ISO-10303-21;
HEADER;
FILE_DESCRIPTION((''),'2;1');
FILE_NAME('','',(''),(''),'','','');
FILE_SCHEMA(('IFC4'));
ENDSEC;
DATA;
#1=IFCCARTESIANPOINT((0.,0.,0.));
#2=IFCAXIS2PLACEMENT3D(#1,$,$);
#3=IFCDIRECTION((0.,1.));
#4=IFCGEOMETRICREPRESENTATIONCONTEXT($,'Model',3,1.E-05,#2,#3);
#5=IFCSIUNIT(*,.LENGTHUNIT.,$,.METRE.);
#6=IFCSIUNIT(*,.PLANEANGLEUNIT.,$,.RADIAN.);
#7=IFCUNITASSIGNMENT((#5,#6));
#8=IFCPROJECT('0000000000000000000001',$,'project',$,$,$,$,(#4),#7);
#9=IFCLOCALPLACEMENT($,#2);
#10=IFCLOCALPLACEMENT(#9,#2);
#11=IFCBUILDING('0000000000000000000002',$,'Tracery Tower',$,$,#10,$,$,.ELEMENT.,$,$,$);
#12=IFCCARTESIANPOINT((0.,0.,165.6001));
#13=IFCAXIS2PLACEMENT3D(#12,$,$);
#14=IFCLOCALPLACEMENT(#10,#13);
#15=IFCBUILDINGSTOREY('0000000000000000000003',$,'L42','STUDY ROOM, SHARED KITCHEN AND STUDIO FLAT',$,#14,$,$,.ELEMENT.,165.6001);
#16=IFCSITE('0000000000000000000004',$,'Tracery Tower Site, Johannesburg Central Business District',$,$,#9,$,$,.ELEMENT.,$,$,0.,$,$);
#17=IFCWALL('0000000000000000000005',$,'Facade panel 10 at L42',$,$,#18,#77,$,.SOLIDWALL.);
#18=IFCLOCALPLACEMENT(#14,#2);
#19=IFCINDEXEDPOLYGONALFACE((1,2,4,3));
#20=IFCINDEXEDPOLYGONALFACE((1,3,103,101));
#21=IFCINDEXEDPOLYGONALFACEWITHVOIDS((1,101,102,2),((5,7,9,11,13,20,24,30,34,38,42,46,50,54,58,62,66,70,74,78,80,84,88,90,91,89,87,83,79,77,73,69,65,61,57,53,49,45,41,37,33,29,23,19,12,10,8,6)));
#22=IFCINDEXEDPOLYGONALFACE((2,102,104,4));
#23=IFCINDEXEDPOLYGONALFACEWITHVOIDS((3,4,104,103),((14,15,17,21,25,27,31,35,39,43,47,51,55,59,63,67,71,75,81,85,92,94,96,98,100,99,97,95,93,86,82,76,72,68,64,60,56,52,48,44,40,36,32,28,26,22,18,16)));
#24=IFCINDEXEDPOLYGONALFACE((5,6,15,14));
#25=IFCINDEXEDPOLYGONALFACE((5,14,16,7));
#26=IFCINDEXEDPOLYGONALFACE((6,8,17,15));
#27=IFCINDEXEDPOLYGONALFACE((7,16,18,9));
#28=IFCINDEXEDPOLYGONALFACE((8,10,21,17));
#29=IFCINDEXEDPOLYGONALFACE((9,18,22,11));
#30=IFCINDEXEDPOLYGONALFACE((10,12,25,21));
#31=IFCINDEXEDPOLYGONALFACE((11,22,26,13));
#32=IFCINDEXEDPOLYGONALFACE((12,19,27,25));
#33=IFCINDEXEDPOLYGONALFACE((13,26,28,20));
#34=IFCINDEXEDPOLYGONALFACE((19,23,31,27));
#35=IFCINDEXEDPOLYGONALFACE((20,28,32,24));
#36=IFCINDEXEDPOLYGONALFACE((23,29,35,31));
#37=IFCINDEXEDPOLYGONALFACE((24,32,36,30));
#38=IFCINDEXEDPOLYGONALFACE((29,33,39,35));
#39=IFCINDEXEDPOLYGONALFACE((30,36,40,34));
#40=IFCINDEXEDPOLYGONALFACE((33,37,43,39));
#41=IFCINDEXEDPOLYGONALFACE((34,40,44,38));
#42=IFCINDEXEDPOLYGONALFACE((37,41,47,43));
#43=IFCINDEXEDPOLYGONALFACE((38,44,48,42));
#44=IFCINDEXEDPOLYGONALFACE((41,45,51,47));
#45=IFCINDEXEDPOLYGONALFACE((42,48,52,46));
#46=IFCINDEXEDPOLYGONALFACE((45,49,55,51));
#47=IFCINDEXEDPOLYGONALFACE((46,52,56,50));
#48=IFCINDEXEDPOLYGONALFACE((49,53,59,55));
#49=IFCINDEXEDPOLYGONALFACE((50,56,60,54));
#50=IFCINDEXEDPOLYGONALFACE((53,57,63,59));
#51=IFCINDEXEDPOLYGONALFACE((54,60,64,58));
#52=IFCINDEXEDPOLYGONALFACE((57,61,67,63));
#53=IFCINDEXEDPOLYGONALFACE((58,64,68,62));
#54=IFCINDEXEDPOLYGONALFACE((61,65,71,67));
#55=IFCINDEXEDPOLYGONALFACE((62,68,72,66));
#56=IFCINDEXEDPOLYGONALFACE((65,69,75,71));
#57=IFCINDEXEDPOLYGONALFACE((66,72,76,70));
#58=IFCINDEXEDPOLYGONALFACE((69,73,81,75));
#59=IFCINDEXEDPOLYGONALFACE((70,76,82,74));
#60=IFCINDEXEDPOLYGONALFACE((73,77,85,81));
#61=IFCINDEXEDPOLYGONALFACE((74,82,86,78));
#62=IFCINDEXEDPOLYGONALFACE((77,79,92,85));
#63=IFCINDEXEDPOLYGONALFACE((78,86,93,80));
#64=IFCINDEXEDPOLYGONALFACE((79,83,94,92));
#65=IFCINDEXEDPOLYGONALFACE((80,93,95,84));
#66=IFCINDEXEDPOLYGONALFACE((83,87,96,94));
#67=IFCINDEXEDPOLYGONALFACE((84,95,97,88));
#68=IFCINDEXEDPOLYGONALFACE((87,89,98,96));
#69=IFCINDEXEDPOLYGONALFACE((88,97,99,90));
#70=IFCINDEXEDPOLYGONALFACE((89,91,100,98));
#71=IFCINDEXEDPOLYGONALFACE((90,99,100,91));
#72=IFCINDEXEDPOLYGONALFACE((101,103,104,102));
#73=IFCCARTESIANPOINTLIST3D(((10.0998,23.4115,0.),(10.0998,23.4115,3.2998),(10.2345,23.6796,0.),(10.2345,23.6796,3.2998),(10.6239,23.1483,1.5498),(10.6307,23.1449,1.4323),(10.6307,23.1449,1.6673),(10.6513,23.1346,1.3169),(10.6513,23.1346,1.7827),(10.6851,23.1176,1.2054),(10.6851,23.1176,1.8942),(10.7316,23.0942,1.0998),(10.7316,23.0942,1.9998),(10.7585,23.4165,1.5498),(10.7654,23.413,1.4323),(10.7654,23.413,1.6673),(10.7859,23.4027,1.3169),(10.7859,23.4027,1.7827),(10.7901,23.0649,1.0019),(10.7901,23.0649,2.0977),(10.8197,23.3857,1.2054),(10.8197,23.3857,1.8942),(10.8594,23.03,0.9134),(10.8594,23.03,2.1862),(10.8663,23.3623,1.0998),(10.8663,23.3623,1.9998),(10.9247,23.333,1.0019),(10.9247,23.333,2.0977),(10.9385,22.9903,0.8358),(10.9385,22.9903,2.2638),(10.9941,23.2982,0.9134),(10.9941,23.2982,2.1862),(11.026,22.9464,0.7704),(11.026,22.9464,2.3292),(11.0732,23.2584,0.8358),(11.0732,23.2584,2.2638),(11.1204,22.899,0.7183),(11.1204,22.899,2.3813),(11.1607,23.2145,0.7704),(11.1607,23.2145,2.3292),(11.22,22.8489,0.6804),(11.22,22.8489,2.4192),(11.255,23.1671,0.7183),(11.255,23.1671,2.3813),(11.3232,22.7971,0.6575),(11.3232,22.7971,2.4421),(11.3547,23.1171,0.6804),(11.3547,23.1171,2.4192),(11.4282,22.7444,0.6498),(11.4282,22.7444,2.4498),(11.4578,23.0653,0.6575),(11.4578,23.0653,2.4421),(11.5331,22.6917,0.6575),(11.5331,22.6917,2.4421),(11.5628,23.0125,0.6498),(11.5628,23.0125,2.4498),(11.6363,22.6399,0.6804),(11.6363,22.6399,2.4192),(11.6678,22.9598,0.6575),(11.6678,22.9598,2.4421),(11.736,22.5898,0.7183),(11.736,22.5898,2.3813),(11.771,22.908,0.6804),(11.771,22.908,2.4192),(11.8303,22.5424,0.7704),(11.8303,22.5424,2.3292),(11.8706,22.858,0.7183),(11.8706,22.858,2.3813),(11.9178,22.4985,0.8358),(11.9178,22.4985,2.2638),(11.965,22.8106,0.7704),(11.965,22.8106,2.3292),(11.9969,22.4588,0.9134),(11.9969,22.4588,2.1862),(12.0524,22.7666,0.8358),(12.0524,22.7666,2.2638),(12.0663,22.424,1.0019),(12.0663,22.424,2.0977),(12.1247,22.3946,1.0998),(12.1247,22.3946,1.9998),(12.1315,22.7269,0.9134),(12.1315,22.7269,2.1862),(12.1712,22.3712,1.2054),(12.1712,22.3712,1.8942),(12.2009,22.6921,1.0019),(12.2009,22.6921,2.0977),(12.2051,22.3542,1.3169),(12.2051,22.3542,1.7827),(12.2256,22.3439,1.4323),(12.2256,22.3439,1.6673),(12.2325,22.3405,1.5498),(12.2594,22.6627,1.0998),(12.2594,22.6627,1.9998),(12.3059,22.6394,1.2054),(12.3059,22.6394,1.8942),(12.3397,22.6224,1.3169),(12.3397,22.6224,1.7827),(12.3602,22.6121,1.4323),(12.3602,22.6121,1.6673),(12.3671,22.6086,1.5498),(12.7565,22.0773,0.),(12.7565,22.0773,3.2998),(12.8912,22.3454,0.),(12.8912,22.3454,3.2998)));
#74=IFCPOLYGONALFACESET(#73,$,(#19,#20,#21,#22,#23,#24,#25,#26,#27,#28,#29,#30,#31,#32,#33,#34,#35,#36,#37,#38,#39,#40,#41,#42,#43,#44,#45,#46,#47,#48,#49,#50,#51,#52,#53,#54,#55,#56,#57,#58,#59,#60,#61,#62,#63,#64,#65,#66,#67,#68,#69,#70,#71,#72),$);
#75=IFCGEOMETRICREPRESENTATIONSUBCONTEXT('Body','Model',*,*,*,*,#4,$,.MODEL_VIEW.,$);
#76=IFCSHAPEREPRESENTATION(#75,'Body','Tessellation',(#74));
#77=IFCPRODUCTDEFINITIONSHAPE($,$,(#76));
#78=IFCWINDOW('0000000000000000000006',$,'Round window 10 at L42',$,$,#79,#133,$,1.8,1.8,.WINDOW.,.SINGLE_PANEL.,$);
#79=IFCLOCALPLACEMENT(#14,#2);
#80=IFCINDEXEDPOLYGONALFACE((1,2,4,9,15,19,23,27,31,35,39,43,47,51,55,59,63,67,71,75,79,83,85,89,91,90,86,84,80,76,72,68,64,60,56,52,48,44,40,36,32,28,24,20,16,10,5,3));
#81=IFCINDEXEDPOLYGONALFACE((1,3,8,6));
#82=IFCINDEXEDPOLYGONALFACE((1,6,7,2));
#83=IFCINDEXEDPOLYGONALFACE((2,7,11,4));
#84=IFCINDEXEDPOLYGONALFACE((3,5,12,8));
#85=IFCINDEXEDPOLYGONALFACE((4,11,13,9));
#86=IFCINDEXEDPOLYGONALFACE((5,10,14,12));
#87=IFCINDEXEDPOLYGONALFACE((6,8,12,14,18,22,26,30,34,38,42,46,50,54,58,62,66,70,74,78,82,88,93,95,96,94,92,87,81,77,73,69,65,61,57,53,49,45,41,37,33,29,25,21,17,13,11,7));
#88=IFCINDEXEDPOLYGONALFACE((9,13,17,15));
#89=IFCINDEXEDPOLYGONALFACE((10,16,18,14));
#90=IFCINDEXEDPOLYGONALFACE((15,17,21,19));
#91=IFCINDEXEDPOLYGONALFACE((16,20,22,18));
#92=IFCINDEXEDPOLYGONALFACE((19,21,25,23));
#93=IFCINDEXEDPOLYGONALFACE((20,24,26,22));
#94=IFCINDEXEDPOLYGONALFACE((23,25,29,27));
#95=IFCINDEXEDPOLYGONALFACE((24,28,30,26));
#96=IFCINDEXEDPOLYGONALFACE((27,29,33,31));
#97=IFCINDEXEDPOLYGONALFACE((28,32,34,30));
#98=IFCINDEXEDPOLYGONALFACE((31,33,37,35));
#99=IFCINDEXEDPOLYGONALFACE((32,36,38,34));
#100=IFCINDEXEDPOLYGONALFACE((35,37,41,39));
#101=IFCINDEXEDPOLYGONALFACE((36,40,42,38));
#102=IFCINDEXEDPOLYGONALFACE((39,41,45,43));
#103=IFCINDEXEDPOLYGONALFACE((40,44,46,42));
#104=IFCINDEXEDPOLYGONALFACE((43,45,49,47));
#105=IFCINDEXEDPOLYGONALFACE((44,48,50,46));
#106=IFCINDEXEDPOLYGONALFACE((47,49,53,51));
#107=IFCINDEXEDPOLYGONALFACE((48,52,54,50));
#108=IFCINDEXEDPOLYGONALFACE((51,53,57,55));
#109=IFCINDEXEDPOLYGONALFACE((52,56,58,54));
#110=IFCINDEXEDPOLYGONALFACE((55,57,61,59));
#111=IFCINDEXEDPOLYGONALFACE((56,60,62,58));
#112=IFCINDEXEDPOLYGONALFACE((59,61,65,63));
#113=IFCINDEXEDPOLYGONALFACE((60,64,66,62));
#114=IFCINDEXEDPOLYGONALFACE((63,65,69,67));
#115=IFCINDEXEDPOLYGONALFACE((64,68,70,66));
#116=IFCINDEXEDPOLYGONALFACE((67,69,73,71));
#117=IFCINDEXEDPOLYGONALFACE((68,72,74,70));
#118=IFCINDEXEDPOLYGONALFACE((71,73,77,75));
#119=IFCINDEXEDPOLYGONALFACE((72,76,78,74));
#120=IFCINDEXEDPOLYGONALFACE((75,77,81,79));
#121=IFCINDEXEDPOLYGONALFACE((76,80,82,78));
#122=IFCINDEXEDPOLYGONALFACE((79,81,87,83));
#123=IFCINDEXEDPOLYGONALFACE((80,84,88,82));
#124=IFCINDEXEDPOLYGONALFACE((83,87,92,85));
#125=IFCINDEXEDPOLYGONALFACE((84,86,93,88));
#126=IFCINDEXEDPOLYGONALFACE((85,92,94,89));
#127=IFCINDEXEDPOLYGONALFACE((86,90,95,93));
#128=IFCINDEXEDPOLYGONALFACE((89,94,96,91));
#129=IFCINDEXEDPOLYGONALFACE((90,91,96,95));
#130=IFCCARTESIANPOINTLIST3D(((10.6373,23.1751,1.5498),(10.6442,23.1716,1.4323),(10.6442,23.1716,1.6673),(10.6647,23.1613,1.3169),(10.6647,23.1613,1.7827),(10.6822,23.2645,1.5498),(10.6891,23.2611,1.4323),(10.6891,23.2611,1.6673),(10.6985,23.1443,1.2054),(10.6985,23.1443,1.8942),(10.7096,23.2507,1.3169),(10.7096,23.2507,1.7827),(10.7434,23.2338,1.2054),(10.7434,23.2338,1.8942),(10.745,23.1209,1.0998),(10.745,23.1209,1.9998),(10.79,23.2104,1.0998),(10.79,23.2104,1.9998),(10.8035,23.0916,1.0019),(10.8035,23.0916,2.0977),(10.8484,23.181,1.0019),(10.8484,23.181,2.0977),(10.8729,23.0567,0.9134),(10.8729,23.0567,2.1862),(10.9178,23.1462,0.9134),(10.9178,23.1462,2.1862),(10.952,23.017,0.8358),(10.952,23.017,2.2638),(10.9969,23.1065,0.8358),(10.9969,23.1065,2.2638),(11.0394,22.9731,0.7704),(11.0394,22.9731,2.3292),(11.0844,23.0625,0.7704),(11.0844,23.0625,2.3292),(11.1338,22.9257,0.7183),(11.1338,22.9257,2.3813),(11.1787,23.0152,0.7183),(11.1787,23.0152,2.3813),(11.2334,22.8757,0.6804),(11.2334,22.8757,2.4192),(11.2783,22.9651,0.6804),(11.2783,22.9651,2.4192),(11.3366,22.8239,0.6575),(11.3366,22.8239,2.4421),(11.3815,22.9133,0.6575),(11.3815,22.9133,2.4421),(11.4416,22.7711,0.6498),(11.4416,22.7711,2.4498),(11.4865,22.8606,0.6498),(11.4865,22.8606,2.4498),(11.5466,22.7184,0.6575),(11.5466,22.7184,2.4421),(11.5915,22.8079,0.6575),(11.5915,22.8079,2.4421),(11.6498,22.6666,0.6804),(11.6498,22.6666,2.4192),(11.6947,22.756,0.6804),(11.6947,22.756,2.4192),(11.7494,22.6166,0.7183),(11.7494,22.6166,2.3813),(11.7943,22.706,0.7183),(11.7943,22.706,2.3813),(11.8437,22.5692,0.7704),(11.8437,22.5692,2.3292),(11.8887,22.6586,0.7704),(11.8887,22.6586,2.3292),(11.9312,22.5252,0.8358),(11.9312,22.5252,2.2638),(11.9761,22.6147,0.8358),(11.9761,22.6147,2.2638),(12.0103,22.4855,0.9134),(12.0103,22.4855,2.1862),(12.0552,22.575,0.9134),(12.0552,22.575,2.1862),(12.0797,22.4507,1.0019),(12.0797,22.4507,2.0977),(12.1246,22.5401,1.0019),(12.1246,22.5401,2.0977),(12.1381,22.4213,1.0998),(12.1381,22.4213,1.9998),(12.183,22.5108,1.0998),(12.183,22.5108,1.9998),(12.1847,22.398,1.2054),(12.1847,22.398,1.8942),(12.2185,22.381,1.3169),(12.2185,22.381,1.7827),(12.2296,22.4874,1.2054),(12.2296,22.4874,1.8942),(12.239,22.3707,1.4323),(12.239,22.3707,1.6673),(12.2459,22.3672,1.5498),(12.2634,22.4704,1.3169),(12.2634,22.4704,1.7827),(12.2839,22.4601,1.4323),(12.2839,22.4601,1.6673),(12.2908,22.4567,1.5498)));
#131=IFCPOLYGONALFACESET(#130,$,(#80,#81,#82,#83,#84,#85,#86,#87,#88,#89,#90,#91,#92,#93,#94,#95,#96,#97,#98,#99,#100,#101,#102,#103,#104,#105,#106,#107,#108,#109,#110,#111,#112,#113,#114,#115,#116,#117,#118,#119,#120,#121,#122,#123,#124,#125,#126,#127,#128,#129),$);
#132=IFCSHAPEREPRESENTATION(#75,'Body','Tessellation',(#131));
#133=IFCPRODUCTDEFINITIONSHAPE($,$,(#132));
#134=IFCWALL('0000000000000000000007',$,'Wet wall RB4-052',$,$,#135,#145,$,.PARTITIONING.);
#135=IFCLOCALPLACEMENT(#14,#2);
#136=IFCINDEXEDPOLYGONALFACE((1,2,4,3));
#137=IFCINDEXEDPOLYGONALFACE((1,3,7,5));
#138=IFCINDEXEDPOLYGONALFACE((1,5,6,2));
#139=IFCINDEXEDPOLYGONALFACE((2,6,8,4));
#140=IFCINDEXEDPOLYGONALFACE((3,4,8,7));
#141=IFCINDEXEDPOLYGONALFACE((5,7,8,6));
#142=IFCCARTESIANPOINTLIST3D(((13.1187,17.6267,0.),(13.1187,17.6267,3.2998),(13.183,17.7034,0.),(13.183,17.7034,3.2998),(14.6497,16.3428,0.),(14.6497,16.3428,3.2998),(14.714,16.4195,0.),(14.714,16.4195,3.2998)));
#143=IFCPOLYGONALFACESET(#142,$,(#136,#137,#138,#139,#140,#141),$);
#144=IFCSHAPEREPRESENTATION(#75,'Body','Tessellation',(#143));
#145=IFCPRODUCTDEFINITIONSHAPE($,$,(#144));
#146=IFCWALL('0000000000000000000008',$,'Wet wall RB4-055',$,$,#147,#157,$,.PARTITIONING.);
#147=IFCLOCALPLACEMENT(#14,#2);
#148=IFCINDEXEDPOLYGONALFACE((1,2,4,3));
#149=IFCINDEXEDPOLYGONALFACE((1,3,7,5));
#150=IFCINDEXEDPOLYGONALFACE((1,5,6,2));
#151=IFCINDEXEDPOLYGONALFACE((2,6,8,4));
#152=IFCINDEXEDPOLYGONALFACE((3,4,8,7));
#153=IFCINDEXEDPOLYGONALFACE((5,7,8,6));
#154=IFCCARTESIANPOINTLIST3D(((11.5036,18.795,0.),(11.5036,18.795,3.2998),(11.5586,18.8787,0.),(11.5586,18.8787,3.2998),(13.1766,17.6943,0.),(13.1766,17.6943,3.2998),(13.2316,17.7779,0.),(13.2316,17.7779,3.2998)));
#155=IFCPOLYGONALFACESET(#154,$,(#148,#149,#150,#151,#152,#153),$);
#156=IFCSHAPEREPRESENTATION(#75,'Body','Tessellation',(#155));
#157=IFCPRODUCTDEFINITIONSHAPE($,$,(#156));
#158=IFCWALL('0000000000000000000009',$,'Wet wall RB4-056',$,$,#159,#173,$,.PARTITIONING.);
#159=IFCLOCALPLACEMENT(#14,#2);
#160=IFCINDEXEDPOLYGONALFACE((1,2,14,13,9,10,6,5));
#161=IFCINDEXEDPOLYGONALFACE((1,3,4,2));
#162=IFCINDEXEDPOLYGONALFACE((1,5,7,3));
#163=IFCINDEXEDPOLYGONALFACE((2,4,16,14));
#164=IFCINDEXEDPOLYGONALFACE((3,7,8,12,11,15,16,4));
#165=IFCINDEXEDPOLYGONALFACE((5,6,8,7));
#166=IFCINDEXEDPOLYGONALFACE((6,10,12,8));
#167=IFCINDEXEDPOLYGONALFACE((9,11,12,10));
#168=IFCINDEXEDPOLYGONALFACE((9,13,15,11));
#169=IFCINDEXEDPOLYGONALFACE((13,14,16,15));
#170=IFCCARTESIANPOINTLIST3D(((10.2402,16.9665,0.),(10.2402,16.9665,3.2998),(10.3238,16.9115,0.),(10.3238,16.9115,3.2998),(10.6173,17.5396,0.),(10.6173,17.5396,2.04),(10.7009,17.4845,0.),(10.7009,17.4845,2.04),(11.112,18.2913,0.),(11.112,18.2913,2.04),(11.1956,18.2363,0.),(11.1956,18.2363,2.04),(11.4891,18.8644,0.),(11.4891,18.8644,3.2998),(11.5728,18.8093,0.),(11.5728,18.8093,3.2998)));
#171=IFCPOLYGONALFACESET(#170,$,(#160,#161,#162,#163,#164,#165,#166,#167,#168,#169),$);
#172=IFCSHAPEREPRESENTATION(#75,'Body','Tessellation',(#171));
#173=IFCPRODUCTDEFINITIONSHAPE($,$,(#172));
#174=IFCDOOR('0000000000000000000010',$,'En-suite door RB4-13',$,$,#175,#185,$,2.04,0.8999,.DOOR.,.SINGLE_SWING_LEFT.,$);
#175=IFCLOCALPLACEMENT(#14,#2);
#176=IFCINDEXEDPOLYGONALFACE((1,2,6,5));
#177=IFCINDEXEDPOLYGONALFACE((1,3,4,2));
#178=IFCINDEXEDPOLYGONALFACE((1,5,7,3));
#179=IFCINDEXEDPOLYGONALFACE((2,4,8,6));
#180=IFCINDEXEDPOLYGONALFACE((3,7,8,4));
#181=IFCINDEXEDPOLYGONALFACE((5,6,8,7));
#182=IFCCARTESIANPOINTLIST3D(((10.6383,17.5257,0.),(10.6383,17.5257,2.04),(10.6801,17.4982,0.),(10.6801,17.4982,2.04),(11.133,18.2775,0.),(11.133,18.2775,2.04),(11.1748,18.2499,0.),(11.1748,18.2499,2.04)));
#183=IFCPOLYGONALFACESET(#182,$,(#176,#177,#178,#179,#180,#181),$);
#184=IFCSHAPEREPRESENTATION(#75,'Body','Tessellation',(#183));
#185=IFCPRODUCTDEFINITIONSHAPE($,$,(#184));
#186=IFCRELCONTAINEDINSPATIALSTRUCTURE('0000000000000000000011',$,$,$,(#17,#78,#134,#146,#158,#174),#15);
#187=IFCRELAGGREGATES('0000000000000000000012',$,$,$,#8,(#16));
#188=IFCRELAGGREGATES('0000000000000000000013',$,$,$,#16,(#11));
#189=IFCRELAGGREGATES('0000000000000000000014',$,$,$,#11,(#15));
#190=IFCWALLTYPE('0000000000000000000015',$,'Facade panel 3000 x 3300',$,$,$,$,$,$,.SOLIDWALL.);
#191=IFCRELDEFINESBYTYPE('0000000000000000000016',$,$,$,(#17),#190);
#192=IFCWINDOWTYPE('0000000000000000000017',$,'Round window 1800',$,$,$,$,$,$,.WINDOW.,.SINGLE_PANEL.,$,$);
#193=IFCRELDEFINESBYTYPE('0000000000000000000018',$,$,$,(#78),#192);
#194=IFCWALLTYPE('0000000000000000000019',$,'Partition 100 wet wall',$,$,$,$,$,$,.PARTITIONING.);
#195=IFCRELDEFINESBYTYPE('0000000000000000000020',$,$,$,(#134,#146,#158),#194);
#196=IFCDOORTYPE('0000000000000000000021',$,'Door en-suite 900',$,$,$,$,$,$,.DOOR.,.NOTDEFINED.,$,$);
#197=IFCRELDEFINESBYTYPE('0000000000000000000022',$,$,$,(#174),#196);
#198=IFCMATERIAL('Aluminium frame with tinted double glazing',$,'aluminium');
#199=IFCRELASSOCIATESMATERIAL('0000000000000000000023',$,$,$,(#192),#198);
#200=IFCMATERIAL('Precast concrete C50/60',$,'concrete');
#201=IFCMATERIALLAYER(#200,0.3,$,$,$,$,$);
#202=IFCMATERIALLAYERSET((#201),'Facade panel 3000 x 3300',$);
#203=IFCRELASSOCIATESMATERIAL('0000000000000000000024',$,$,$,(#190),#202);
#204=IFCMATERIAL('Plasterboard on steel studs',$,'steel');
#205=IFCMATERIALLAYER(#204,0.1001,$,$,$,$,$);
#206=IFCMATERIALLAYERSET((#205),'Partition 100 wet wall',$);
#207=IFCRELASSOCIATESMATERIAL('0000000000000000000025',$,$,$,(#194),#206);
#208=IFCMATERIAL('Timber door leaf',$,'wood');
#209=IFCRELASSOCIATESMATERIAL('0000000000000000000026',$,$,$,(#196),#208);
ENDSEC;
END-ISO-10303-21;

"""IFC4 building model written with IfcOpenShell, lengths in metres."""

from ifc_helpers import new_model, si_unit, direction, frame, frame_2d, origin, origin_2d, place, context, subcontext, project, spatial, rectangle, circle, extrude, material, layer, layer_set, type_object, element, fill, save


model = new_model("IFC4")

# Units and contexts
model_context = context("Model", 3, precision=1e-05, world=origin(), true_north=direction((0.0, 1.0)))
body_context = subcontext(model_context, "Body", "Model", "MODEL_VIEW")
ifc_project = project(units=[si_unit("LENGTHUNIT", "METRE"), si_unit("PLANEANGLEUNIT", "RADIAN")], contexts=[model_context])

# Site, building, storey
site_placement = place(None, origin())
site = spatial("IfcSite", under=ifc_project, at=site_placement, Name="Tracery Tower Site, Johannesburg Central Business District", CompositionType="ELEMENT", RefElevation=0.0)
building_placement = place(site_placement, origin())
building = spatial("IfcBuilding", under=site, at=building_placement, Name="Tracery Tower", CompositionType="ELEMENT")
storey_placement = place(building_placement, frame((0.0, 0.0, 165.6001)))
storey = spatial("IfcBuildingStorey", under=building, at=storey_placement, Name="L42", Description="STUDY ROOM, SHARED KITCHEN AND STUDIO FLAT", CompositionType="ELEMENT", Elevation=165.6001)

# Wall, opening, window
ifc_material_1 = material(Name="Aluminium frame with tinted double glazing", Category="aluminium")
window_type = type_object("IfcWindowType", Name="Round window 1800", PartitioningType="SINGLE_PANEL", PredefinedType="WINDOW", material=ifc_material_1)
ifc_material_2 = material(Name="Precast concrete C50/60", Category="concrete")
ifc_layer_1 = layer(ifc_material_2, 0.3)
ifc_layer_set_1 = layer_set([ifc_layer_1], Name="Facade panel 3000 x 3300")
wall_type_1 = type_object("IfcWallType", Name="Facade panel 3000 x 3300", PredefinedType="SOLIDWALL", material=ifc_layer_set_1)
wall_1_placement = place(storey_placement, frame((12.8237, 22.2114, 0.0), z_axis=(0.0, 0.0, 1.0), x_axis=(-0.893637, 0.44879, 0.0)))
wall_1 = element("IfcWall", 1, at=wall_1_placement, inside=storey, type_object=wall_type_1, Name="Facade panel 10 at L42", PredefinedType="SOLIDWALL", context=body_context, shape_type="SweptSolid", body=[
    extrude(rectangle(XDim=2.9729, YDim=0.3, at=frame_2d((1.4863, 0.0))), origin(), (0.0, 0.0, 1.0), 3.2998),
])
opening_1_placement = place(wall_1_placement, frame((1.4863, 0.0, 1.5498)))
opening_1 = element("IfcOpeningElement", 2, at=opening_1_placement, cuts=wall_1, PredefinedType="OPENING", context=body_context, shape_type="SweptSolid", body=[
    extrude(circle(Radius=0.9, at=origin_2d()), frame((0.0, 0.1599, 0.0), z_axis=(0.0, -1.0, 0.0), x_axis=(1.0, 0.0, 0.0)), (0.0, 0.0, 1.0), 0.3201),
])
window_1_placement = place(opening_1_placement, origin())
window_1 = element("IfcWindow", 3, at=window_1_placement, inside=storey, type_object=window_type, Name="Round window 10 at L42", OverallHeight=1.8, OverallWidth=1.8, PartitioningType="SINGLE_PANEL", PredefinedType="WINDOW", context=body_context, shape_type="SweptSolid", body=[
    extrude(circle(Radius=0.9, at=origin_2d()), frame((0.0, 0.1201, 0.0), z_axis=(0.0, -1.0, 0.0), x_axis=(1.0, 0.0, 0.0)), (0.0, 0.0, 1.0), 0.1001),
])
fill(opening_1, window_1)

# Walls
ifc_material_3 = material(Name="Plasterboard on steel studs", Category="steel")
ifc_layer_2 = layer(ifc_material_3, 0.1001)
ifc_layer_set_2 = layer_set([ifc_layer_2], Name="Partition 100 wet wall")
wall_type_2 = type_object("IfcWallType", Name="Partition 100 wet wall", PredefinedType="PARTITIONING", material=ifc_layer_set_2)
wall_2_placement = place(storey_placement, frame((13.1509, 17.665, 0.0), z_axis=(0.0, 0.0, 1.0), x_axis=(0.766225, -0.642573, 0.0)))
element("IfcWall", 4, at=wall_2_placement, inside=storey, type_object=wall_type_2, Name="Wet wall RB4-052", PredefinedType="PARTITIONING", context=body_context, shape_type="SweptSolid", body=[
    extrude(rectangle(XDim=1.998, YDim=0.1001, at=frame_2d((0.999, 0.0))), origin(), (0.0, 0.0, 1.0), 3.2998),
])
wall_3_placement = place(storey_placement, frame((11.531, 18.8369, 0.0), z_axis=(0.0, 0.0, 1.0), x_axis=(0.835392, -0.549655, 0.0)))
element("IfcWall", 5, at=wall_3_placement, inside=storey, type_object=wall_type_2, Name="Wet wall RB4-055", PredefinedType="PARTITIONING", context=body_context, shape_type="SweptSolid", body=[
    extrude(rectangle(XDim=2.0027, YDim=0.1001, at=frame_2d((1.0015, 0.0))), origin(), (0.0, 0.0, 1.0), 3.2998),
])

# Wall, opening, door
wall_4_placement = place(storey_placement, frame((10.282, 16.939, 0.0), z_axis=(0.0, 0.0, 1.0), x_axis=(0.549731, 0.835342, 0.0)))
wall_4 = element("IfcWall", 6, at=wall_4_placement, inside=storey, type_object=wall_type_2, Name="Wet wall RB4-056", PredefinedType="PARTITIONING", context=body_context, shape_type="SweptSolid", body=[
    extrude(rectangle(XDim=2.272, YDim=0.1001, at=frame_2d((1.136, 0.0))), origin(), (0.0, 0.0, 1.0), 3.2998),
])
opening_2_placement = place(wall_4_placement, frame((0.686, 0.0, 0.0)))
opening_2 = element("IfcOpeningElement", 7, at=opening_2_placement, cuts=wall_4, PredefinedType="OPENING", context=body_context, shape_type="SweptSolid", body=[
    extrude(rectangle(XDim=0.8999, YDim=2.04, at=frame_2d((0.45, 1.02))), frame((0.0, 0.05, 0.0), z_axis=(0.0, -1.0, 0.0), x_axis=(1.0, 0.0, 0.0)), (0.0, 0.0, 1.0), 0.1001),
])
ifc_material_4 = material(Name="Timber door leaf", Category="wood")
door_type_1 = type_object("IfcDoorType", Name="Door en-suite 900", OperationType="NOTDEFINED", PredefinedType="DOOR", material=ifc_material_4)
door_1_placement = place(opening_2_placement, origin())
door_1 = element("IfcDoor", 8, at=door_1_placement, inside=storey, type_object=door_type_1, Name="En-suite door RB4-13", OperationType="SINGLE_SWING_LEFT", OverallHeight=2.04, OverallWidth=0.8999, PredefinedType="DOOR", context=body_context, shape_type="SweptSolid", body=[
    extrude(rectangle(XDim=0.8999, YDim=2.04, at=frame_2d((0.45, 1.02))), frame((0.0, 0.0249, 0.0), z_axis=(0.0, -1.0, 0.0), x_axis=(1.0, 0.0, 0.0)), (0.0, 0.0, 1.0), 0.05),
])
fill(opening_2, door_1)

save(model, "model.ifc")
